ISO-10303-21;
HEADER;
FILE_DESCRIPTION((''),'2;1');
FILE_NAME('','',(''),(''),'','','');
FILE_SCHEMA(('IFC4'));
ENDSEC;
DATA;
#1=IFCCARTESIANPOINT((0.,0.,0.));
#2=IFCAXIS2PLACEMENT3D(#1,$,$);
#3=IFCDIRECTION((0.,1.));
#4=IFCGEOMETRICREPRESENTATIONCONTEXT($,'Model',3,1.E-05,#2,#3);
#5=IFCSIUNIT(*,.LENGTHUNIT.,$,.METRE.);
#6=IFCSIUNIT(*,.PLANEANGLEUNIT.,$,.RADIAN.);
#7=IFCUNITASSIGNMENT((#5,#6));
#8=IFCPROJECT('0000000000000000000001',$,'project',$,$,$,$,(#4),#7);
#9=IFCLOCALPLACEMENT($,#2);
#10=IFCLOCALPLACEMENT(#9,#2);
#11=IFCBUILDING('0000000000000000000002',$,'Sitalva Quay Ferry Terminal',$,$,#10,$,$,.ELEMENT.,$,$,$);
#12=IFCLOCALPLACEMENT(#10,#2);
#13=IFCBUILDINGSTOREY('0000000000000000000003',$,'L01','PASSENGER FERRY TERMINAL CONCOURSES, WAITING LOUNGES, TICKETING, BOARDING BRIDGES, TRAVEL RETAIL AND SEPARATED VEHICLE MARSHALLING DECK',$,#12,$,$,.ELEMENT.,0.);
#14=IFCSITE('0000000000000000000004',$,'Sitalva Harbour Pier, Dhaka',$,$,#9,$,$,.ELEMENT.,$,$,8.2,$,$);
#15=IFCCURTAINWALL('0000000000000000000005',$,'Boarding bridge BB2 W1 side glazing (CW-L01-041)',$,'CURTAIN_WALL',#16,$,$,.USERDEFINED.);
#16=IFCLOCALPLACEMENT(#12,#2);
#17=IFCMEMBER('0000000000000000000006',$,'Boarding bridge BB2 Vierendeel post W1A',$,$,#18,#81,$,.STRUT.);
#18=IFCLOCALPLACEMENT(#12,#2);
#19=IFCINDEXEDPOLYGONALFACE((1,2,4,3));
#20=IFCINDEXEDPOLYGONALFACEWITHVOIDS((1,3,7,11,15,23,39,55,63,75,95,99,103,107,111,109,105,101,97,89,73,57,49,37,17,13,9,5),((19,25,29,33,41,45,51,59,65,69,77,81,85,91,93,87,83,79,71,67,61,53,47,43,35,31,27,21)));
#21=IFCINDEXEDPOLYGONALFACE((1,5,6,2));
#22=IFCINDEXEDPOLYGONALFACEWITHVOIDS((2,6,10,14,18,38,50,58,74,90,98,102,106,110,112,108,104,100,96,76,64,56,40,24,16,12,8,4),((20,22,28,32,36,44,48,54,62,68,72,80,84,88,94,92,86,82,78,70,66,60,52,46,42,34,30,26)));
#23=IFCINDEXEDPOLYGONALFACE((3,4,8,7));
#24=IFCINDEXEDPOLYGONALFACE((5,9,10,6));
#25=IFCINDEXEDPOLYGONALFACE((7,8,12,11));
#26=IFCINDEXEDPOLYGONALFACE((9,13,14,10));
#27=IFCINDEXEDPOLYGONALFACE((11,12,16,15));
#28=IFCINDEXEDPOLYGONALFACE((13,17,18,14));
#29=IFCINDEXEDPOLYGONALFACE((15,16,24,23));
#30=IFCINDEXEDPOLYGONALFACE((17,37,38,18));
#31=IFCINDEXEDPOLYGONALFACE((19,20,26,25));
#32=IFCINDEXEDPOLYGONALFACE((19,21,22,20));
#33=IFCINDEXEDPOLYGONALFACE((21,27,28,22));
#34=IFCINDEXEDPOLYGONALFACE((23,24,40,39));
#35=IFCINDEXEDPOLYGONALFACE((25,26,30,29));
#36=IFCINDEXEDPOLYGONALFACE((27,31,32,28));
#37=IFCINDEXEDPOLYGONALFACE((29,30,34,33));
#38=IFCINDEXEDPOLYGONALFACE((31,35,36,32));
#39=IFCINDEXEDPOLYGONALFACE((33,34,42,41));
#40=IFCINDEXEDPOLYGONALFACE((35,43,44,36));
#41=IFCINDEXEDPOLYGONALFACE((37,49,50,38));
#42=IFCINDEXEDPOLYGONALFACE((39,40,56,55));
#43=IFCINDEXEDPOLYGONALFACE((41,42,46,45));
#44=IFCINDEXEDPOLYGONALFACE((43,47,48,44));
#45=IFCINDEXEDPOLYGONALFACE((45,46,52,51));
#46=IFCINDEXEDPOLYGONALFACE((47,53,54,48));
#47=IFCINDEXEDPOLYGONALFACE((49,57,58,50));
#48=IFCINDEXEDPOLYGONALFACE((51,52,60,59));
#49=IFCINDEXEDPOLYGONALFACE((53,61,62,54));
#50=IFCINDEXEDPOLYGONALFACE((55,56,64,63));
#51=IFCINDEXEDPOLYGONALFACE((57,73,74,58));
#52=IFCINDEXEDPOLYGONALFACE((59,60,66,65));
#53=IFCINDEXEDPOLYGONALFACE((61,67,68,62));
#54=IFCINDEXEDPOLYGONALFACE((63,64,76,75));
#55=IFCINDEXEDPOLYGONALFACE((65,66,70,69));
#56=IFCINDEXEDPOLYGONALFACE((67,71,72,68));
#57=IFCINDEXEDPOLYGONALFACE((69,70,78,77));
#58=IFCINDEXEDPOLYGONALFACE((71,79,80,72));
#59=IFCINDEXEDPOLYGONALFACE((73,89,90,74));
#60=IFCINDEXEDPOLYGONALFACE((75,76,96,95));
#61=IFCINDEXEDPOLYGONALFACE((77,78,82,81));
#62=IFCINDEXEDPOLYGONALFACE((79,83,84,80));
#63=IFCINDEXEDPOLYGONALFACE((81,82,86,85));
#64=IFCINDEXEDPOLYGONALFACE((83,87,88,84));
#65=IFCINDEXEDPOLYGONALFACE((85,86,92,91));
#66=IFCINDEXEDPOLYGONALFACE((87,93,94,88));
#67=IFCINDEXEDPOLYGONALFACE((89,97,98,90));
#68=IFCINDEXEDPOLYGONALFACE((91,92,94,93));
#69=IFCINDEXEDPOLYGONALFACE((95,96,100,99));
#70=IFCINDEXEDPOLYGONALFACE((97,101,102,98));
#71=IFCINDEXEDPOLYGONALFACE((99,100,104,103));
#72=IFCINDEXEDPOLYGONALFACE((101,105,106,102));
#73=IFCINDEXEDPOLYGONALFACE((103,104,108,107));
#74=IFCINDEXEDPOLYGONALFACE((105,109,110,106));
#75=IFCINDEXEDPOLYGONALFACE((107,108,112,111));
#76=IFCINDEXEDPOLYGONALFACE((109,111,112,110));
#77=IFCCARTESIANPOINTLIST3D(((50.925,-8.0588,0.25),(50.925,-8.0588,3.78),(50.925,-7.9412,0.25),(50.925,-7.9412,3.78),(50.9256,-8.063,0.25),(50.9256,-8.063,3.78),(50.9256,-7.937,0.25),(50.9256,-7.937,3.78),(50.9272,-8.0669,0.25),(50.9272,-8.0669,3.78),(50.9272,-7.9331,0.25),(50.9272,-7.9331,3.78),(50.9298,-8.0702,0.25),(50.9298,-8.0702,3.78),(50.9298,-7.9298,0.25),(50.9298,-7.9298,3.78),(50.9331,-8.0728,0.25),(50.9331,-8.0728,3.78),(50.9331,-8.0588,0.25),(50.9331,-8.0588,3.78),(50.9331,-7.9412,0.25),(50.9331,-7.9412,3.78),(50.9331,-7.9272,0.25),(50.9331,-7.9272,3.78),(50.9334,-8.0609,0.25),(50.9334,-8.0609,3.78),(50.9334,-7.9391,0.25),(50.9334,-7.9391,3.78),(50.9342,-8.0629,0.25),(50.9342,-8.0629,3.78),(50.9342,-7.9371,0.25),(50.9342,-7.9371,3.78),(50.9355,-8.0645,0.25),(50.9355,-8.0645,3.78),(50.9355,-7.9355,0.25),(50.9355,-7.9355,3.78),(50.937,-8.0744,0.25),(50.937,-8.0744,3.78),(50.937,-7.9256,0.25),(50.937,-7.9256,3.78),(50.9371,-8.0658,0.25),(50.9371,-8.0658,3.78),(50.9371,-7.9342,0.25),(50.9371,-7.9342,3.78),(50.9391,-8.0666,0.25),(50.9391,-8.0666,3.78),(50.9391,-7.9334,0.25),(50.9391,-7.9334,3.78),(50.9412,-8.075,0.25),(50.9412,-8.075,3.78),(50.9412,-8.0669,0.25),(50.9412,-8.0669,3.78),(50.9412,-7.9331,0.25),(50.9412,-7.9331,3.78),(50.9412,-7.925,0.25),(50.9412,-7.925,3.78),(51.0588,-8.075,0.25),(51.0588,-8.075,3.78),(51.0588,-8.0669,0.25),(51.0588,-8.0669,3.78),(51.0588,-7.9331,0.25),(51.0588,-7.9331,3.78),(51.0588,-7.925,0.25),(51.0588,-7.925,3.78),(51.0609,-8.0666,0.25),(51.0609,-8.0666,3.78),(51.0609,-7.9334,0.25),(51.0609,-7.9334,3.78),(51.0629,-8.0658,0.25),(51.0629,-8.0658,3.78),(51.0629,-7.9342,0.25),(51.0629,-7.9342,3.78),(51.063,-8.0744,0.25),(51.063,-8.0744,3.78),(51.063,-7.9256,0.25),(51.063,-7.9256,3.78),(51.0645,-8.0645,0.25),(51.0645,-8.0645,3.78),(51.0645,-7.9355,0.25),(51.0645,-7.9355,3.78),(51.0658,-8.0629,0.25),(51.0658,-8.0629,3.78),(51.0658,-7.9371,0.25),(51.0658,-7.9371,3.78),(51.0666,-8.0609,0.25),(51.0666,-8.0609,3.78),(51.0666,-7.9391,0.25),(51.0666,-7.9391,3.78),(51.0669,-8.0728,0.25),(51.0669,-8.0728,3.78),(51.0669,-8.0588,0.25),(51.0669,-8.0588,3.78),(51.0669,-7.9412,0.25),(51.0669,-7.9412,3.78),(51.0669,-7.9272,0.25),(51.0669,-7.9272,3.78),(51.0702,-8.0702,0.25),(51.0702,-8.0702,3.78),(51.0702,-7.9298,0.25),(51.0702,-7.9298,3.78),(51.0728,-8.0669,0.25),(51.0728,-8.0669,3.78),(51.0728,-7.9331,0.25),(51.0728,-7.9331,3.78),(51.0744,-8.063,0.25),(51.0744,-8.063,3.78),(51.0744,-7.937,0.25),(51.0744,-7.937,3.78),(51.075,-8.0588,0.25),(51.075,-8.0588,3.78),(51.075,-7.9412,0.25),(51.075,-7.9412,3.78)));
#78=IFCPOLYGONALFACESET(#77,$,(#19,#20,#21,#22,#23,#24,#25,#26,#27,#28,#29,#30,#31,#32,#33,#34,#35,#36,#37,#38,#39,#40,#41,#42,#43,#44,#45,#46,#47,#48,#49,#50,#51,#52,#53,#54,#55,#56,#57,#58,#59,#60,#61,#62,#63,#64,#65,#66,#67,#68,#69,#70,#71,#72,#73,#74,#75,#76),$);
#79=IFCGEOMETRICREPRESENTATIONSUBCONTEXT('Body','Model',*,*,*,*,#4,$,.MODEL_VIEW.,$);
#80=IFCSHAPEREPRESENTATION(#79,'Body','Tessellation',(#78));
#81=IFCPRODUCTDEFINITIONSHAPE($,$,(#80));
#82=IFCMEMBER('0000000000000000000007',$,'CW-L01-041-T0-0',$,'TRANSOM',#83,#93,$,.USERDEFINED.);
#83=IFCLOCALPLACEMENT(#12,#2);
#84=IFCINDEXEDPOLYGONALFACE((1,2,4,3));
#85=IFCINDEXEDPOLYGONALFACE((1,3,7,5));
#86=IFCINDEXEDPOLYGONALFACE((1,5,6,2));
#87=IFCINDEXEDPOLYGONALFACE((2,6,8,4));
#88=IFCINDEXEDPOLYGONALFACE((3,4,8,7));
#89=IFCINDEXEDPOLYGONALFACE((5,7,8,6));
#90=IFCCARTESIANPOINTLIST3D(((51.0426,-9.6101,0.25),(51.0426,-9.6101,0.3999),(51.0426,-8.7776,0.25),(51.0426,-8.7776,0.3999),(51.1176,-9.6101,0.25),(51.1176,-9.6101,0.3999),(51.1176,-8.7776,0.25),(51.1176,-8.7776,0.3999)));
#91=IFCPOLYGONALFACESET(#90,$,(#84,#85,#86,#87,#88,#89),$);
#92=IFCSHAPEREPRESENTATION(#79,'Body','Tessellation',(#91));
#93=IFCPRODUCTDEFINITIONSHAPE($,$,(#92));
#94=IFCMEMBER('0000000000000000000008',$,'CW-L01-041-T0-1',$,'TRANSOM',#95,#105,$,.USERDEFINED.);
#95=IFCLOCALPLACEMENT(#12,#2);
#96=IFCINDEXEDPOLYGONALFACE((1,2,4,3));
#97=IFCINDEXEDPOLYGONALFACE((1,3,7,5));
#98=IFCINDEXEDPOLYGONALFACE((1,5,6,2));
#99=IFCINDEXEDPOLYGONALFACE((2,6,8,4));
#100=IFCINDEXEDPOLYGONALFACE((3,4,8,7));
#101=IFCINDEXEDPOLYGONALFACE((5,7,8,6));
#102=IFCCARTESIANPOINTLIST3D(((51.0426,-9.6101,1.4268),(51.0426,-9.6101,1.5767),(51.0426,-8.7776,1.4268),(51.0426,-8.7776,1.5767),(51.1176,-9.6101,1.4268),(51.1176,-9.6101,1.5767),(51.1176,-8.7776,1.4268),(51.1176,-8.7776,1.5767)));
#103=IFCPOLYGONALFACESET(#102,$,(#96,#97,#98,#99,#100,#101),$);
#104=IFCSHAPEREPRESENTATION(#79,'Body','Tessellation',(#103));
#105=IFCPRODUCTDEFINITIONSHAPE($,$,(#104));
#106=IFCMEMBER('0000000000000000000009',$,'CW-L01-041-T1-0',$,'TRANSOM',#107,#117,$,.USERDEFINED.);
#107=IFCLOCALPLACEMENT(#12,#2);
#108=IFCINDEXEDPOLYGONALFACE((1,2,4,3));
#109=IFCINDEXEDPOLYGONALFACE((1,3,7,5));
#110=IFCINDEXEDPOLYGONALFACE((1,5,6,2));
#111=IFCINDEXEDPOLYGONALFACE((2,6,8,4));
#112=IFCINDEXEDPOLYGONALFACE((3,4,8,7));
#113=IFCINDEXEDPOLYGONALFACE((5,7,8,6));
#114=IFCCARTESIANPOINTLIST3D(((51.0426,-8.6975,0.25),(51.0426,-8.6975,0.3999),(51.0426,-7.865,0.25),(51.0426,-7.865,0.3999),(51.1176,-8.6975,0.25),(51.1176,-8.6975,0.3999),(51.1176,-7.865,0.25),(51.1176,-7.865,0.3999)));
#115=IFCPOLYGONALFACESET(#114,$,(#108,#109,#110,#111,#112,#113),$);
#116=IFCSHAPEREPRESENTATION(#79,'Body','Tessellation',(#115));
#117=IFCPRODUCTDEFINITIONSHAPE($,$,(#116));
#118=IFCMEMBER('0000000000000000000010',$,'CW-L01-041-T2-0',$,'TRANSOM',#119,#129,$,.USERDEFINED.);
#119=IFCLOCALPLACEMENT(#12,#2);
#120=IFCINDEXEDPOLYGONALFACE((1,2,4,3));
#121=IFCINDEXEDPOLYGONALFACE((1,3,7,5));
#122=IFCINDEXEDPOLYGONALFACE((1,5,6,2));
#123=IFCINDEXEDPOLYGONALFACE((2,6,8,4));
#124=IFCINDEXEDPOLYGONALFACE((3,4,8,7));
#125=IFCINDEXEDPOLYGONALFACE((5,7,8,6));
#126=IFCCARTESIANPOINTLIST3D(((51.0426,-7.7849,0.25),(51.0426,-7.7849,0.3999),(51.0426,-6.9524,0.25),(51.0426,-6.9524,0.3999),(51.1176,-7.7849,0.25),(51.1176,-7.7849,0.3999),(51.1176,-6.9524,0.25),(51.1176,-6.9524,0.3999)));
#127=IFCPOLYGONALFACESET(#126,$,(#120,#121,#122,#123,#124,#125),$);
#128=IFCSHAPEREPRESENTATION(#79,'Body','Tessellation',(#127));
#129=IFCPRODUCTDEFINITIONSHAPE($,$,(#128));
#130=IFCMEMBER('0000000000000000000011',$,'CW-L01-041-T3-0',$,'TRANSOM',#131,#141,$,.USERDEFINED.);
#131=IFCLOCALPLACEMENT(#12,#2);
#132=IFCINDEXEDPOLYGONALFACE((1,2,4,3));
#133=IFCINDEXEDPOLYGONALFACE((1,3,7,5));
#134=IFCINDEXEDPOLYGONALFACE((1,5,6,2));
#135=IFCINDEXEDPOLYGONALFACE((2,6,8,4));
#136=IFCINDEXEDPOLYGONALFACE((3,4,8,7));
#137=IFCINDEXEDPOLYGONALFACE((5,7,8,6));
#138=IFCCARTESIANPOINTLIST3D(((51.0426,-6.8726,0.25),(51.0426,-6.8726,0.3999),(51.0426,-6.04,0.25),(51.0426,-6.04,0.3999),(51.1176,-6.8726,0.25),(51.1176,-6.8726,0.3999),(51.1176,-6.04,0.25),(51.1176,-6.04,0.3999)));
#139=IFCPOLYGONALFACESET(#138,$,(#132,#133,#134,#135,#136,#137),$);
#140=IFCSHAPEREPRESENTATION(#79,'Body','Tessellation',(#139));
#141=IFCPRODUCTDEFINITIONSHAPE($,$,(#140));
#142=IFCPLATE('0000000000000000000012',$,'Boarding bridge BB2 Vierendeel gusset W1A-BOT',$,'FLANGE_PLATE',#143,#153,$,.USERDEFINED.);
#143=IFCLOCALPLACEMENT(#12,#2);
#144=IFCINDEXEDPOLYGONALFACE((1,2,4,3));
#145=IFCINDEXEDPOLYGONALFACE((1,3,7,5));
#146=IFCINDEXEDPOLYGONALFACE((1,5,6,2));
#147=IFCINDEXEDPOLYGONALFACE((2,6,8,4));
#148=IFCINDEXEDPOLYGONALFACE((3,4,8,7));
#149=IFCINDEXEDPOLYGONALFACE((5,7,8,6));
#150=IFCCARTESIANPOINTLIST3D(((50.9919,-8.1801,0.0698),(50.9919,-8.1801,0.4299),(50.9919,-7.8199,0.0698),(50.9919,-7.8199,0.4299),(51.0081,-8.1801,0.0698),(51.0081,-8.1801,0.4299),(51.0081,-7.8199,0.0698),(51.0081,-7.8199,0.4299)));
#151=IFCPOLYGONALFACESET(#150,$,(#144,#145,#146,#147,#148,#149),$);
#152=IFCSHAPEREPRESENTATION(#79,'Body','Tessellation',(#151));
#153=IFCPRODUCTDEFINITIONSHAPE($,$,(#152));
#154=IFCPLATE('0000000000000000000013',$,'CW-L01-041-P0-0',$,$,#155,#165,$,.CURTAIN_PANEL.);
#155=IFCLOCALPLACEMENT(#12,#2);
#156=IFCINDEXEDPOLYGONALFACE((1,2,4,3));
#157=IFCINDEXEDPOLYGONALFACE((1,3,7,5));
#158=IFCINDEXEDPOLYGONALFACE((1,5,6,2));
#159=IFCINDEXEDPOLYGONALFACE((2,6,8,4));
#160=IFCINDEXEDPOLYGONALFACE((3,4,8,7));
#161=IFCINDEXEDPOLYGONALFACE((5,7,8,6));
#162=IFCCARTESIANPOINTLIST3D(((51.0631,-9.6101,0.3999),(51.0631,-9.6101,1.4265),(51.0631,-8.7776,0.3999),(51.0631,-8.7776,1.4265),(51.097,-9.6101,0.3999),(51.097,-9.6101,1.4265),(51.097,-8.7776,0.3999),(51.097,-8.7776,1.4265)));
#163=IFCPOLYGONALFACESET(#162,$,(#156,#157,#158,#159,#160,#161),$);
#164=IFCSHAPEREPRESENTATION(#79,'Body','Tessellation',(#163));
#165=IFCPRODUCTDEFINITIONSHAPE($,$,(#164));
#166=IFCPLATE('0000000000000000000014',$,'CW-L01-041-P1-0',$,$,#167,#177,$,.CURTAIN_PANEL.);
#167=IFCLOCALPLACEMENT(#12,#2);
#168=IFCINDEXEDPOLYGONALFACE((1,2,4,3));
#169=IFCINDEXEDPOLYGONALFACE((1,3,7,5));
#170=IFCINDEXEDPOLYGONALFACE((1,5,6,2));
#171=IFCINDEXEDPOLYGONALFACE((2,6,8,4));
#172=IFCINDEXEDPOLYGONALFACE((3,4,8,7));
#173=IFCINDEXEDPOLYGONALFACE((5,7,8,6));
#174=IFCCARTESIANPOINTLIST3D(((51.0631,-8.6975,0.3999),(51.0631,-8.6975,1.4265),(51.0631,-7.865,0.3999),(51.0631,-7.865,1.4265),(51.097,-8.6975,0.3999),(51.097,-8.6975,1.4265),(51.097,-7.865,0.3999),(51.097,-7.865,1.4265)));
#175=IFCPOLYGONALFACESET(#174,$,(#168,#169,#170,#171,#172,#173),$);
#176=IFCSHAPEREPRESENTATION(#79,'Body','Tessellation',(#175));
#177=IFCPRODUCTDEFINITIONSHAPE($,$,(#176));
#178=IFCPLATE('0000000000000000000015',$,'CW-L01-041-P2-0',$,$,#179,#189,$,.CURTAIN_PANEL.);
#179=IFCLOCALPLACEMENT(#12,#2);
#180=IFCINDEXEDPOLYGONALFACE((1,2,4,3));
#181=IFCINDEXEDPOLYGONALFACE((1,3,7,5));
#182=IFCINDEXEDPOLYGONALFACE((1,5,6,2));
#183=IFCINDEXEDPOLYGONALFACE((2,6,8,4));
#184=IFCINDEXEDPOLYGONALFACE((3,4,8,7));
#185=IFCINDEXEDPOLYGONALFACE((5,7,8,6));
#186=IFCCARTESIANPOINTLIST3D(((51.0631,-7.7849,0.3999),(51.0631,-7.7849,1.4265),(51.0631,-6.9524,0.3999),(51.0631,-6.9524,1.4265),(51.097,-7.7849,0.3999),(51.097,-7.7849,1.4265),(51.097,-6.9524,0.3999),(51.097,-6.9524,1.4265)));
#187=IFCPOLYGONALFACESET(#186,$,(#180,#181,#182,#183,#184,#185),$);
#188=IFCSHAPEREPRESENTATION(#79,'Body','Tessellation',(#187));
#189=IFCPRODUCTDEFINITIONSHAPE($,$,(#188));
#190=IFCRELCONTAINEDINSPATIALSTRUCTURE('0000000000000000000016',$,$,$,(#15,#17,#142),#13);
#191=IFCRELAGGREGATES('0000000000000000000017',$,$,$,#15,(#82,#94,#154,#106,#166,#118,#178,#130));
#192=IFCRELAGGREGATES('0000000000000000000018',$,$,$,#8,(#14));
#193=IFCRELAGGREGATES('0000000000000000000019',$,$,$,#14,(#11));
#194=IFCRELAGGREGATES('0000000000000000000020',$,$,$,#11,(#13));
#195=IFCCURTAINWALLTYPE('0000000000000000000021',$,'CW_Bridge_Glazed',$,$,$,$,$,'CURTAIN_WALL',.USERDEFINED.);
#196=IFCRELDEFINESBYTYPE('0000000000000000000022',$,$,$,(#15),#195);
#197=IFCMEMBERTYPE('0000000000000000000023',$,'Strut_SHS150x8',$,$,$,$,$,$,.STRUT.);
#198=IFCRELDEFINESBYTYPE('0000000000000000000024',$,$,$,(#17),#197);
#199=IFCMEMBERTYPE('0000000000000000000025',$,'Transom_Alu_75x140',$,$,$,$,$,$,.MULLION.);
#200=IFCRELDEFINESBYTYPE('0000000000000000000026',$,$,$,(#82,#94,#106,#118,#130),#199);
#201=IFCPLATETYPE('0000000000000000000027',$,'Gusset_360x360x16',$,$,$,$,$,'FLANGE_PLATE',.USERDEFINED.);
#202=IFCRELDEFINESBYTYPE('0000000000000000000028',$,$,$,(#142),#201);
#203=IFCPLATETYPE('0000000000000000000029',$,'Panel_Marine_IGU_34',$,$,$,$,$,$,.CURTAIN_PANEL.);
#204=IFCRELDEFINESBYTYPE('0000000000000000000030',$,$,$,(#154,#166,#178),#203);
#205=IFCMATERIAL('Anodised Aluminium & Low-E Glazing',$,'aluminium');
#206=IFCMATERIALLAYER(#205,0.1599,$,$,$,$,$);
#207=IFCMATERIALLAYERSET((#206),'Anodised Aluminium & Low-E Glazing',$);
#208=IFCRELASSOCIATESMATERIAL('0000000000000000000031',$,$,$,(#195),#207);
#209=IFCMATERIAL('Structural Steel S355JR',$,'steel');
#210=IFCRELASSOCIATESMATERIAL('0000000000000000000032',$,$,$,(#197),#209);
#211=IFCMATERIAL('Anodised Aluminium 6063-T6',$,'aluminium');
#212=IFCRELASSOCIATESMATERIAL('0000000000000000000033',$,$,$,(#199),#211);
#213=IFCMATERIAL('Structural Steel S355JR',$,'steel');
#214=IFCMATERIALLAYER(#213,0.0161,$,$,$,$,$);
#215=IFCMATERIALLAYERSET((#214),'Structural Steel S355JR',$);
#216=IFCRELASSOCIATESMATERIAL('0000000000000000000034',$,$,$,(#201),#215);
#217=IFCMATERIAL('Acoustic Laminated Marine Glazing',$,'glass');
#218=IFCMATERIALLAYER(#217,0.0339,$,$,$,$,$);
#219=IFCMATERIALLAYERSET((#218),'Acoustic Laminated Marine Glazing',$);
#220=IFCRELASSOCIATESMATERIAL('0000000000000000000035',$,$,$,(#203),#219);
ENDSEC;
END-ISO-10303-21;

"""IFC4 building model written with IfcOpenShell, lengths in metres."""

from ifc_helpers import new_model, si_unit, direction, frame, origin, origin_2d, place, context, subcontext, project, spatial, rectangle, hollow_rectangle, extrude, material, layer, layer_set, material_profile, profile_set, type_object, element, aggregate, save


model = new_model("IFC4")

# Units and contexts
model_context = context("Model", 3, precision=1e-05, world=origin(), true_north=direction((0.0, 1.0)))
body_context = subcontext(model_context, "Body", "Model", "MODEL_VIEW")
ifc_project = project(units=[si_unit("LENGTHUNIT", "METRE"), si_unit("PLANEANGLEUNIT", "RADIAN")], contexts=[model_context])

# Site, building, storey
site_placement = place(None, origin())
site = spatial("IfcSite", under=ifc_project, at=site_placement, Name="Sitalva Harbour Pier, Dhaka", CompositionType="ELEMENT", RefElevation=8.2)
building_placement = place(site_placement, origin())
building = spatial("IfcBuilding", under=site, at=building_placement, Name="Sitalva Quay Ferry Terminal", CompositionType="ELEMENT")
storey_placement = place(building_placement, origin())
storey = spatial("IfcBuildingStorey", under=building, at=storey_placement, Name="L01", Description="PASSENGER FERRY TERMINAL CONCOURSES, WAITING LOUNGES, TICKETING, BOARDING BRIDGES, TRAVEL RETAIL AND SEPARATED VEHICLE MARSHALLING DECK", CompositionType="ELEMENT", Elevation=0.0)

# Curtain wall
ifc_material_1 = material(Name="Anodised Aluminium & Low-E Glazing", Category="aluminium")
ifc_layer_1 = layer(ifc_material_1, 0.1599)
ifc_layer_set_1 = layer_set([ifc_layer_1], Name="Anodised Aluminium & Low-E Glazing")
curtain_wall_type = type_object("IfcCurtainWallType", Name="CW_Bridge_Glazed", ElementType="CURTAIN_WALL", PredefinedType="USERDEFINED", material=ifc_layer_set_1)
curtain_wall_placement = place(storey_placement, origin())
curtain_wall = element("IfcCurtainWall", 1, at=curtain_wall_placement, inside=storey, type_object=curtain_wall_type, Name="Boarding bridge BB2 W1 side glazing (CW-L01-041)", ObjectType="CURTAIN_WALL", PredefinedType="USERDEFINED")

# Members
ifc_material_2 = material(Name="Structural Steel S355JR", Category="steel")
ifc_material_profile_1 = material_profile(ifc_material_2, hollow_rectangle(XDim=0.1499, YDim=0.1499, WallThickness=0.0081, InnerFilletRadius=0.0081, OuterFilletRadius=0.0161, at=origin_2d()), Name="SHS150x150x8")
ifc_profile_set_1 = profile_set([ifc_material_profile_1], Name="Structural Steel S355JR")
member_type_1 = type_object("IfcMemberType", Name="Strut_SHS150x8", PredefinedType="STRUT", material=ifc_profile_set_1)
member_1_placement = place(storey_placement, frame((51.0, -8.0, 0.25), z_axis=(0.0, 0.0, 1.0), x_axis=(1.0, 0.0, 0.0)))
element("IfcMember", 2, at=member_1_placement, inside=storey, type_object=member_type_1, Name="Boarding bridge BB2 Vierendeel post W1A", PredefinedType="STRUT", context=body_context, shape_type="SweptSolid", body=[
    extrude(hollow_rectangle(XDim=0.1499, YDim=0.1499, WallThickness=0.0081, InnerFilletRadius=0.0081, OuterFilletRadius=0.0161, at=origin_2d()), origin(), (0.0, 0.0, 1.0), 3.53),
])
ifc_material_3 = material(Name="Anodised Aluminium 6063-T6", Category="aluminium")
ifc_material_profile_2 = material_profile(ifc_material_3, rectangle(XDim=0.075, YDim=0.1499, at=origin_2d()), Name="ALU75x150")
ifc_profile_set_2 = profile_set([ifc_material_profile_2], Name="Anodised Aluminium 6063-T6")
member_type_2 = type_object("IfcMemberType", Name="Transom_Alu_75x140", PredefinedType="MULLION", material=ifc_profile_set_2)
member_2_placement = place(storey_placement, frame((51.0801, -9.6101, 0.325), z_axis=(0.0, 1.0, 0.0), x_axis=(-1.0, 0.0, 0.0)))
member_2 = element("IfcMember", 3, at=member_2_placement, type_object=member_type_2, Name="CW-L01-041-T0-0", ObjectType="TRANSOM", PredefinedType="USERDEFINED", context=body_context, shape_type="SweptSolid", body=[
    extrude(rectangle(XDim=0.075, YDim=0.1499, at=origin_2d()), origin(), (0.0, 0.0, 1.0), 0.8325),
])
member_3_placement = place(storey_placement, frame((51.0801, -9.6101, 1.5017), z_axis=(0.0, 1.0, 0.0), x_axis=(-1.0, 0.0, 0.0)))
member_3 = element("IfcMember", 4, at=member_3_placement, type_object=member_type_2, Name="CW-L01-041-T0-1", ObjectType="TRANSOM", PredefinedType="USERDEFINED", context=body_context, shape_type="SweptSolid", body=[
    extrude(rectangle(XDim=0.075, YDim=0.1499, at=origin_2d()), origin(), (0.0, 0.0, 1.0), 0.8325),
])
member_4_placement = place(storey_placement, frame((51.0801, -8.6975, 0.325), z_axis=(0.0, 1.0, 0.0), x_axis=(-1.0, 0.0, 0.0)))
member_4 = element("IfcMember", 5, at=member_4_placement, type_object=member_type_2, Name="CW-L01-041-T1-0", ObjectType="TRANSOM", PredefinedType="USERDEFINED", context=body_context, shape_type="SweptSolid", body=[
    extrude(rectangle(XDim=0.075, YDim=0.1499, at=origin_2d()), origin(), (0.0, 0.0, 1.0), 0.8325),
])
member_5_placement = place(storey_placement, frame((51.0801, -7.7849, 0.325), z_axis=(0.0, 1.0, 0.0), x_axis=(-1.0, 0.0, 0.0)))
member_5 = element("IfcMember", 6, at=member_5_placement, type_object=member_type_2, Name="CW-L01-041-T2-0", ObjectType="TRANSOM", PredefinedType="USERDEFINED", context=body_context, shape_type="SweptSolid", body=[
    extrude(rectangle(XDim=0.075, YDim=0.1499, at=origin_2d()), origin(), (0.0, 0.0, 1.0), 0.8325),
])
member_6_placement = place(storey_placement, frame((51.0801, -6.8726, 0.325), z_axis=(0.0, 1.0, 0.0), x_axis=(-1.0, 0.0, 0.0)))
member_6 = element("IfcMember", 7, at=member_6_placement, type_object=member_type_2, Name="CW-L01-041-T3-0", ObjectType="TRANSOM", PredefinedType="USERDEFINED", context=body_context, shape_type="SweptSolid", body=[
    extrude(rectangle(XDim=0.075, YDim=0.1499, at=origin_2d()), origin(), (0.0, 0.0, 1.0), 0.8325),
])

# Plates
ifc_material_4 = material(Name="Structural Steel S355JR", Category="steel")
ifc_layer_2 = layer(ifc_material_4, 0.0161)
ifc_layer_set_2 = layer_set([ifc_layer_2], Name="Structural Steel S355JR")
plate_type_1 = type_object("IfcPlateType", Name="Gusset_360x360x16", ElementType="FLANGE_PLATE", PredefinedType="USERDEFINED", material=ifc_layer_set_2)
plate_1_placement = place(storey_placement, frame((51.0, -8.0, 0.0698), z_axis=(0.0, 0.0, 1.0), x_axis=(1.0, 0.0, 0.0)))
element("IfcPlate", 8, at=plate_1_placement, inside=storey, type_object=plate_type_1, Name="Boarding bridge BB2 Vierendeel gusset W1A-BOT", ObjectType="FLANGE_PLATE", PredefinedType="USERDEFINED", context=body_context, shape_type="SweptSolid", body=[
    extrude(rectangle(XDim=0.0161, YDim=0.3601, at=origin_2d()), origin(), (0.0, 0.0, 1.0), 0.3601),
])
ifc_material_5 = material(Name="Acoustic Laminated Marine Glazing", Category="glass")
ifc_layer_3 = layer(ifc_material_5, 0.0339)
ifc_layer_set_3 = layer_set([ifc_layer_3], Name="Acoustic Laminated Marine Glazing")
plate_type_2 = type_object("IfcPlateType", Name="Panel_Marine_IGU_34", PredefinedType="CURTAIN_PANEL", material=ifc_layer_set_3)
plate_2_placement = place(storey_placement, frame((51.0801, -9.1938, 0.3999), z_axis=(0.0, 0.0, 1.0), x_axis=(0.0, 1.0, 0.0)))
plate_2 = element("IfcPlate", 9, at=plate_2_placement, type_object=plate_type_2, Name="CW-L01-041-P0-0", PredefinedType="CURTAIN_PANEL", context=body_context, shape_type="SweptSolid", body=[
    extrude(rectangle(XDim=0.8325, YDim=0.0339, at=origin_2d()), origin(), (0.0, 0.0, 1.0), 1.0266),
])
plate_3_placement = place(storey_placement, frame((51.0801, -8.2812, 0.3999), z_axis=(0.0, 0.0, 1.0), x_axis=(0.0, 1.0, 0.0)))
plate_3 = element("IfcPlate", 10, at=plate_3_placement, type_object=plate_type_2, Name="CW-L01-041-P1-0", PredefinedType="CURTAIN_PANEL", context=body_context, shape_type="SweptSolid", body=[
    extrude(rectangle(XDim=0.8325, YDim=0.0339, at=origin_2d()), origin(), (0.0, 0.0, 1.0), 1.0266),
])
plate_4_placement = place(storey_placement, frame((51.0801, -7.3687, 0.3999), z_axis=(0.0, 0.0, 1.0), x_axis=(0.0, 1.0, 0.0)))
plate_4 = element("IfcPlate", 11, at=plate_4_placement, type_object=plate_type_2, Name="CW-L01-041-P2-0", PredefinedType="CURTAIN_PANEL", context=body_context, shape_type="SweptSolid", body=[
    extrude(rectangle(XDim=0.8325, YDim=0.0339, at=origin_2d()), origin(), (0.0, 0.0, 1.0), 1.0266),
])
aggregate(curtain_wall, [member_2, member_3, plate_2, member_4, plate_3, member_5, plate_4, member_6])

save(model, "model.ifc")
